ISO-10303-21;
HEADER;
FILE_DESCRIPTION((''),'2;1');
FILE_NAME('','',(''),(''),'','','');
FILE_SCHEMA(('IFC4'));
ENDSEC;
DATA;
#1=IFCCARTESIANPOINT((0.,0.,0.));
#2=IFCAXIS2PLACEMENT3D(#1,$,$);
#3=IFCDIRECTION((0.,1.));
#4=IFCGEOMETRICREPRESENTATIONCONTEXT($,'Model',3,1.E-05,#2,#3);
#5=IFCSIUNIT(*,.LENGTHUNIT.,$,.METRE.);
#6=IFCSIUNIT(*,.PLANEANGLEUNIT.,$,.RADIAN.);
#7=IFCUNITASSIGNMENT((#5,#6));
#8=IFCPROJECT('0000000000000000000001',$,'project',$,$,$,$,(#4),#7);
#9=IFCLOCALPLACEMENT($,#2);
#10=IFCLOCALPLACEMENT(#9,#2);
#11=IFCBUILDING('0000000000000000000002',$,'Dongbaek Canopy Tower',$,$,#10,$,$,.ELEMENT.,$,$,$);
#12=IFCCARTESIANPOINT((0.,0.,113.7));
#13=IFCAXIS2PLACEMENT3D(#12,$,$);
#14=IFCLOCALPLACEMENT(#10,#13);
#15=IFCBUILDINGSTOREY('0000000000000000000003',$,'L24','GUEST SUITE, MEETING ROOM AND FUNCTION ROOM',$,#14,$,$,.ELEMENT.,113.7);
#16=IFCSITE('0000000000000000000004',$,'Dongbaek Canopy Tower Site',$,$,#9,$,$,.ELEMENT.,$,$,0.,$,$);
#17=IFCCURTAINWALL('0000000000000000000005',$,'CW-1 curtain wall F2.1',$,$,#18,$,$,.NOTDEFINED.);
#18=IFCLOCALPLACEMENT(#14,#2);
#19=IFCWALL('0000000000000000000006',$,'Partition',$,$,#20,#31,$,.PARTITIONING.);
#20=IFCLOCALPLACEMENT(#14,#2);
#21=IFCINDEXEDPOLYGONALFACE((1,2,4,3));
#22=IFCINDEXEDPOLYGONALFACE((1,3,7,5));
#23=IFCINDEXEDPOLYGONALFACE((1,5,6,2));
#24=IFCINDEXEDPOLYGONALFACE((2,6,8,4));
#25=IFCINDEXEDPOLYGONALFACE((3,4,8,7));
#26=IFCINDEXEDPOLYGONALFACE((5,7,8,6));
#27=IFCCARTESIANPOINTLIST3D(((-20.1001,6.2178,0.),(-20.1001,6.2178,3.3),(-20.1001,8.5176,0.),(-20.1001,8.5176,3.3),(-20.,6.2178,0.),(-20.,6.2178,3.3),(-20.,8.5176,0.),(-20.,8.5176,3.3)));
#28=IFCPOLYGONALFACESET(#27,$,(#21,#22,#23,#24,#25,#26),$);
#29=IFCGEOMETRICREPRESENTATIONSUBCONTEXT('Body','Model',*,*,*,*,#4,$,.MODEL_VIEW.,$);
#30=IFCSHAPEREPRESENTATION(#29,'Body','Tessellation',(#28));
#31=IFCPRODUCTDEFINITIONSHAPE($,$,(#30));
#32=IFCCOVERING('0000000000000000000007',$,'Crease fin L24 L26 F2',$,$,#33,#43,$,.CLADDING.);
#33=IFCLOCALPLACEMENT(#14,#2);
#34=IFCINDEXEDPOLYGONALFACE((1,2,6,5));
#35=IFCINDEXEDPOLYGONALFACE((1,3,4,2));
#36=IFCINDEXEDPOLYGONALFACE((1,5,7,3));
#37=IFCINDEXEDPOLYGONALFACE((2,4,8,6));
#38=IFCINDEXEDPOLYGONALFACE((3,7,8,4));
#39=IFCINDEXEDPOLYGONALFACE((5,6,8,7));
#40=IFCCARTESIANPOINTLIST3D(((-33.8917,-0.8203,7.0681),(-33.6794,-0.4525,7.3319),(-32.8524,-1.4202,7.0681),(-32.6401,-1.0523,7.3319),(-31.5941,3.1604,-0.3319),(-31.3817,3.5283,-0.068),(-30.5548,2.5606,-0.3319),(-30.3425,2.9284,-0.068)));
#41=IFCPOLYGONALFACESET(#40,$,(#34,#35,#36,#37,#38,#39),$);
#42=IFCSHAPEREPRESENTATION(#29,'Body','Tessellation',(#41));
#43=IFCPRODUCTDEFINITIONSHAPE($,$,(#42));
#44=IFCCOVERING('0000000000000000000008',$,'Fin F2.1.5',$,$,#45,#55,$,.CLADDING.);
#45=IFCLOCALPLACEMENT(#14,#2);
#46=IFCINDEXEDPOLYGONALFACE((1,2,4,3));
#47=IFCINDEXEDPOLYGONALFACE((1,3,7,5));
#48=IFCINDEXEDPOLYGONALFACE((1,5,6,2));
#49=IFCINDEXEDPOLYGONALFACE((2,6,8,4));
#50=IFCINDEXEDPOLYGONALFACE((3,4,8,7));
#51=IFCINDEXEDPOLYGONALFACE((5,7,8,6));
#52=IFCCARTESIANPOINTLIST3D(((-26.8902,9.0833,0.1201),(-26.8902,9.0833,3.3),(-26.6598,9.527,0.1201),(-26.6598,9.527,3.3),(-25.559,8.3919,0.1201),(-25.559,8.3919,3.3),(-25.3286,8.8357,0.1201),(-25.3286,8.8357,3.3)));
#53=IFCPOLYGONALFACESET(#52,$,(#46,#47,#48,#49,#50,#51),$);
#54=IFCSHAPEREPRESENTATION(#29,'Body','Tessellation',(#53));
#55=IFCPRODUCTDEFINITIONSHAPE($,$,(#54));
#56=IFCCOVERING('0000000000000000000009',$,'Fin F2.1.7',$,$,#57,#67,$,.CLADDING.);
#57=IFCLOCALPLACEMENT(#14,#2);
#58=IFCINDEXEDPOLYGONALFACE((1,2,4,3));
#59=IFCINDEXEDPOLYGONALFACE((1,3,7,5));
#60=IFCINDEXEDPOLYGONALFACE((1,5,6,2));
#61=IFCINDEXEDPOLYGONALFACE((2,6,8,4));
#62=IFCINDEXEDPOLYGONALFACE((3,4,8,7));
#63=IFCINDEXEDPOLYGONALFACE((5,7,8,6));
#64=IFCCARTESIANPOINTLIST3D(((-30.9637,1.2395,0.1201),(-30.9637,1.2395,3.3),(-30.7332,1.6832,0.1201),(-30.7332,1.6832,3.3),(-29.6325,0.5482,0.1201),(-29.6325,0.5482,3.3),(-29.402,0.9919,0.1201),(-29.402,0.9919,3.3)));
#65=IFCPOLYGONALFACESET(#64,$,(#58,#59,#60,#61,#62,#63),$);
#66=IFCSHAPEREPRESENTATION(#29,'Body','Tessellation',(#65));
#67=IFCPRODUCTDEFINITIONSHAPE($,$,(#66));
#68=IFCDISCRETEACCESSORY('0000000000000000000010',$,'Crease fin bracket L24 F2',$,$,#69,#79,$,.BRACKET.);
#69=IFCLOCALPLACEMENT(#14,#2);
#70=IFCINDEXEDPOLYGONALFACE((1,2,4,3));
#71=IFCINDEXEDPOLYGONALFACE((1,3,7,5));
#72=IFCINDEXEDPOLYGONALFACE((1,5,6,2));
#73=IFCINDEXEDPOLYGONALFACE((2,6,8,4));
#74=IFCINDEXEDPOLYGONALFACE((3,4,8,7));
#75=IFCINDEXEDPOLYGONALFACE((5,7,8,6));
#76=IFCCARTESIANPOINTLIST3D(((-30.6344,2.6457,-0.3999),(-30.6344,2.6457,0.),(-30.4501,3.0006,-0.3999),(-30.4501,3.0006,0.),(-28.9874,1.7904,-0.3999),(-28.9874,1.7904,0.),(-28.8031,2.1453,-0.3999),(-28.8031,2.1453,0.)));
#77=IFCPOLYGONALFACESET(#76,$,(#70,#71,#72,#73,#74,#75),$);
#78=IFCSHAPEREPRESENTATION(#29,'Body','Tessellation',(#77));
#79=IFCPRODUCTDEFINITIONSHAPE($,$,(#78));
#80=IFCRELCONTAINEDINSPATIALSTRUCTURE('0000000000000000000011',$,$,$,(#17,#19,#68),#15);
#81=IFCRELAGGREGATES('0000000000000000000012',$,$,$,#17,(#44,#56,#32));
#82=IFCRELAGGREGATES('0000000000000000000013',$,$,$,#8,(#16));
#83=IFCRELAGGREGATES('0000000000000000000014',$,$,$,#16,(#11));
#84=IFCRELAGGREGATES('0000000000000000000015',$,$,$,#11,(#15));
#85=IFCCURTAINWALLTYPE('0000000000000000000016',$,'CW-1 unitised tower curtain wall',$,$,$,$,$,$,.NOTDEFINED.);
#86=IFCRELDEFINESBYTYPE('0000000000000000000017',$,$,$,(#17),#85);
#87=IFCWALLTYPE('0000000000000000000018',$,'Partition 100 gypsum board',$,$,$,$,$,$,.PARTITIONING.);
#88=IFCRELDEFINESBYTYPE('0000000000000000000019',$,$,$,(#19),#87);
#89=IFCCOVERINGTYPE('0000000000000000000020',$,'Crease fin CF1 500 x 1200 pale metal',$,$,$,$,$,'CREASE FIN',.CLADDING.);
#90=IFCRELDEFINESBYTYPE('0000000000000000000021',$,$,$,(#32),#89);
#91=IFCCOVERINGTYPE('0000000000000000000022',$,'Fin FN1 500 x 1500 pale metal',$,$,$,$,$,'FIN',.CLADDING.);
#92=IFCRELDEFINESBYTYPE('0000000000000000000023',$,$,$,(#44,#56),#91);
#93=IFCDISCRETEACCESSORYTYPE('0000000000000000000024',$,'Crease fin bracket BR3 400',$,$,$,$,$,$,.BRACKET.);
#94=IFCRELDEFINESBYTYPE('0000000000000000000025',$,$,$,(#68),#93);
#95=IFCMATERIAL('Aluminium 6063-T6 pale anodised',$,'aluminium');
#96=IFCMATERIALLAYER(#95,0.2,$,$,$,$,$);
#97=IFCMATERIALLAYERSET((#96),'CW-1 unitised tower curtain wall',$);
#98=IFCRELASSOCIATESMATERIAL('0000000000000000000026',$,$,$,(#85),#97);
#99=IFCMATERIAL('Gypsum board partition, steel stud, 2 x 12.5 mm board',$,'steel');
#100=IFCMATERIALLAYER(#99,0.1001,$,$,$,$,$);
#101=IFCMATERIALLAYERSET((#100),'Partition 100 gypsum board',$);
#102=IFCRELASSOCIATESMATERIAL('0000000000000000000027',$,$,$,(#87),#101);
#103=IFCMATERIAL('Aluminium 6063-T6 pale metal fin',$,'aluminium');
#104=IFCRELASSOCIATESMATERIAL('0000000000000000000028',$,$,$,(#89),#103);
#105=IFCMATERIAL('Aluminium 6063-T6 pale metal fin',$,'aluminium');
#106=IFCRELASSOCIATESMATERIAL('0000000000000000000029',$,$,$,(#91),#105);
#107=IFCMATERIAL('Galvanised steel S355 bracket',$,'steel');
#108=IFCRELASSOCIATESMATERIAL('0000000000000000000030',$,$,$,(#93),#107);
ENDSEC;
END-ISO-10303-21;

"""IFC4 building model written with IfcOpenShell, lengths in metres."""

from ifc_helpers import new_model, si_unit, direction, frame, frame_2d, origin, origin_2d, place, context, subcontext, project, spatial, rectangle, extrude, material, layer, layer_set, material_profile, profile_set, type_object, element, aggregate, save


model = new_model("IFC4")

# Units and contexts
model_context = context("Model", 3, precision=1e-05, world=origin(), true_north=direction((0.0, 1.0)))
body_context = subcontext(model_context, "Body", "Model", "MODEL_VIEW")
ifc_project = project(units=[si_unit("LENGTHUNIT", "METRE"), si_unit("PLANEANGLEUNIT", "RADIAN")], contexts=[model_context])

# Site, building, storey
site_placement = place(None, origin())
site = spatial("IfcSite", under=ifc_project, at=site_placement, Name="Dongbaek Canopy Tower Site", CompositionType="ELEMENT", RefElevation=0.0)
building_placement = place(site_placement, origin())
building = spatial("IfcBuilding", under=site, at=building_placement, Name="Dongbaek Canopy Tower", CompositionType="ELEMENT")
storey_placement = place(building_placement, frame((0.0, 0.0, 113.7)))
storey = spatial("IfcBuildingStorey", under=building, at=storey_placement, Name="L24", Description="GUEST SUITE, MEETING ROOM AND FUNCTION ROOM", CompositionType="ELEMENT", Elevation=113.7)

# Curtain wall
ifc_material_1 = material(Name="Aluminium 6063-T6 pale anodised", Category="aluminium")
ifc_layer_1 = layer(ifc_material_1, 0.2)
ifc_layer_set_1 = layer_set([ifc_layer_1], Name="CW-1 unitised tower curtain wall")
curtain_wall_type = type_object("IfcCurtainWallType", Name="CW-1 unitised tower curtain wall", PredefinedType="NOTDEFINED", material=ifc_layer_set_1)
curtain_wall_placement = place(storey_placement, origin())
curtain_wall = element("IfcCurtainWall", 1, at=curtain_wall_placement, inside=storey, type_object=curtain_wall_type, Name="CW-1 curtain wall F2.1", PredefinedType="NOTDEFINED")

# Shared definitions
ifc_material_2 = material(Name="Gypsum board partition, steel stud, 2 x 12.5 mm board", Category="steel")
ifc_layer_2 = layer(ifc_material_2, 0.1001)
ifc_layer_set_2 = layer_set([ifc_layer_2], Name="Partition 100 gypsum board")
wall_type_1 = type_object("IfcWallType", Name="Partition 100 gypsum board", PredefinedType="PARTITIONING", material=ifc_layer_set_2)

# Wall
wall_1_placement = place(storey_placement, frame((-20.05, 6.2178, 0.0), z_axis=(0.0, 0.0, 1.0), x_axis=(0.0, 1.0, 0.0)))
element("IfcWall", 2, at=wall_1_placement, inside=storey, type_object=wall_type_1, Name="Partition", PredefinedType="PARTITIONING", context=body_context, shape_type="SweptSolid", body=[
    extrude(rectangle(XDim=2.2998, YDim=0.1001, at=frame_2d((1.1499, 0.0))), origin(), (0.0, 0.0, 1.0), 3.3),
])

# Coverings
ifc_material_3 = material(Name="Aluminium 6063-T6 pale metal fin", Category="aluminium")
ifc_material_profile_1 = material_profile(ifc_material_3, rectangle(XDim=1.2, YDim=0.5, at=origin_2d()), Name="Crease fin CF1 500 x 1200 pale metal")
ifc_profile_set_1 = profile_set([ifc_material_profile_1], Name="Aluminium 6063-T6 pale metal fin")
covering_type_1 = type_object("IfcCoveringType", Name="Crease fin CF1 500 x 1200 pale metal", ElementType="CREASE FIN", PredefinedType="CLADDING", material=ifc_profile_set_1)
covering_1_placement = place(storey_placement, frame((-30.9683, 3.0444, -0.2), z_axis=(-0.263756, -0.456969, 0.849478), x_axis=(0.866087, -0.499893, 0.0)))
covering_1 = element("IfcCovering", 3, at=covering_1_placement, type_object=covering_type_1, Name="Crease fin L24 L26 F2", PredefinedType="CLADDING", context=body_context, shape_type="SweptSolid", body=[
    extrude(rectangle(XDim=1.2, YDim=0.5, at=origin_2d()), origin(), (0.0, 0.0, 1.0), 8.7112),
])
ifc_material_4 = material(Name="Aluminium 6063-T6 pale metal fin", Category="aluminium")
ifc_material_profile_2 = material_profile(ifc_material_4, rectangle(XDim=1.5, YDim=0.5, at=origin_2d()), Name="Fin FN1 500 x 1500 pale metal")
ifc_profile_set_2 = profile_set([ifc_material_profile_2], Name="Aluminium 6063-T6 pale metal fin")
covering_type_2 = type_object("IfcCoveringType", Name="Fin FN1 500 x 1500 pale metal", ElementType="FIN", PredefinedType="CLADDING", material=ifc_profile_set_2)
covering_2_placement = place(storey_placement, frame((-26.1094, 8.9595, 0.1201), z_axis=(0.0, 0.0, 1.0), x_axis=(-0.887463, 0.46088, 0.0)))
covering_2 = element("IfcCovering", 4, at=covering_2_placement, type_object=covering_type_2, Name="Fin F2.1.5", PredefinedType="CLADDING", context=body_context, shape_type="SweptSolid", body=[
    extrude(rectangle(XDim=1.5, YDim=0.5, at=origin_2d()), origin(), (0.0, 0.0, 1.0), 3.1799),
])
covering_3_placement = place(storey_placement, frame((-30.1829, 1.1157, 0.1201), z_axis=(0.0, 0.0, 1.0), x_axis=(-0.887463, 0.46088, 0.0)))
covering_3 = element("IfcCovering", 5, at=covering_3_placement, type_object=covering_type_2, Name="Fin F2.1.7", PredefinedType="CLADDING", context=body_context, shape_type="SweptSolid", body=[
    extrude(rectangle(XDim=1.5, YDim=0.5, at=origin_2d()), origin(), (0.0, 0.0, 1.0), 3.1799),
])
aggregate(curtain_wall, [covering_2, covering_3, covering_1])

# Discrete accessory
ifc_material_5 = material(Name="Galvanised steel S355 bracket", Category="steel")
discrete_accessory_type = type_object("IfcDiscreteAccessoryType", Name="Crease fin bracket BR3 400", PredefinedType="BRACKET", material=ifc_material_5)
discrete_accessory_placement = place(storey_placement, frame((-29.7188, 2.3955, -0.3999), z_axis=(0.0, 0.0, 1.0), x_axis=(-0.887463, 0.46088, 0.0)))
element("IfcDiscreteAccessory", 6, at=discrete_accessory_placement, inside=storey, type_object=discrete_accessory_type, Name="Crease fin bracket L24 F2", PredefinedType="BRACKET", context=body_context, shape_type="SweptSolid", body=[
    extrude(rectangle(XDim=1.856, YDim=0.3999, at=origin_2d()), origin(), (0.0, 0.0, 1.0), 0.3999),
])

save(model, "model.ifc")
